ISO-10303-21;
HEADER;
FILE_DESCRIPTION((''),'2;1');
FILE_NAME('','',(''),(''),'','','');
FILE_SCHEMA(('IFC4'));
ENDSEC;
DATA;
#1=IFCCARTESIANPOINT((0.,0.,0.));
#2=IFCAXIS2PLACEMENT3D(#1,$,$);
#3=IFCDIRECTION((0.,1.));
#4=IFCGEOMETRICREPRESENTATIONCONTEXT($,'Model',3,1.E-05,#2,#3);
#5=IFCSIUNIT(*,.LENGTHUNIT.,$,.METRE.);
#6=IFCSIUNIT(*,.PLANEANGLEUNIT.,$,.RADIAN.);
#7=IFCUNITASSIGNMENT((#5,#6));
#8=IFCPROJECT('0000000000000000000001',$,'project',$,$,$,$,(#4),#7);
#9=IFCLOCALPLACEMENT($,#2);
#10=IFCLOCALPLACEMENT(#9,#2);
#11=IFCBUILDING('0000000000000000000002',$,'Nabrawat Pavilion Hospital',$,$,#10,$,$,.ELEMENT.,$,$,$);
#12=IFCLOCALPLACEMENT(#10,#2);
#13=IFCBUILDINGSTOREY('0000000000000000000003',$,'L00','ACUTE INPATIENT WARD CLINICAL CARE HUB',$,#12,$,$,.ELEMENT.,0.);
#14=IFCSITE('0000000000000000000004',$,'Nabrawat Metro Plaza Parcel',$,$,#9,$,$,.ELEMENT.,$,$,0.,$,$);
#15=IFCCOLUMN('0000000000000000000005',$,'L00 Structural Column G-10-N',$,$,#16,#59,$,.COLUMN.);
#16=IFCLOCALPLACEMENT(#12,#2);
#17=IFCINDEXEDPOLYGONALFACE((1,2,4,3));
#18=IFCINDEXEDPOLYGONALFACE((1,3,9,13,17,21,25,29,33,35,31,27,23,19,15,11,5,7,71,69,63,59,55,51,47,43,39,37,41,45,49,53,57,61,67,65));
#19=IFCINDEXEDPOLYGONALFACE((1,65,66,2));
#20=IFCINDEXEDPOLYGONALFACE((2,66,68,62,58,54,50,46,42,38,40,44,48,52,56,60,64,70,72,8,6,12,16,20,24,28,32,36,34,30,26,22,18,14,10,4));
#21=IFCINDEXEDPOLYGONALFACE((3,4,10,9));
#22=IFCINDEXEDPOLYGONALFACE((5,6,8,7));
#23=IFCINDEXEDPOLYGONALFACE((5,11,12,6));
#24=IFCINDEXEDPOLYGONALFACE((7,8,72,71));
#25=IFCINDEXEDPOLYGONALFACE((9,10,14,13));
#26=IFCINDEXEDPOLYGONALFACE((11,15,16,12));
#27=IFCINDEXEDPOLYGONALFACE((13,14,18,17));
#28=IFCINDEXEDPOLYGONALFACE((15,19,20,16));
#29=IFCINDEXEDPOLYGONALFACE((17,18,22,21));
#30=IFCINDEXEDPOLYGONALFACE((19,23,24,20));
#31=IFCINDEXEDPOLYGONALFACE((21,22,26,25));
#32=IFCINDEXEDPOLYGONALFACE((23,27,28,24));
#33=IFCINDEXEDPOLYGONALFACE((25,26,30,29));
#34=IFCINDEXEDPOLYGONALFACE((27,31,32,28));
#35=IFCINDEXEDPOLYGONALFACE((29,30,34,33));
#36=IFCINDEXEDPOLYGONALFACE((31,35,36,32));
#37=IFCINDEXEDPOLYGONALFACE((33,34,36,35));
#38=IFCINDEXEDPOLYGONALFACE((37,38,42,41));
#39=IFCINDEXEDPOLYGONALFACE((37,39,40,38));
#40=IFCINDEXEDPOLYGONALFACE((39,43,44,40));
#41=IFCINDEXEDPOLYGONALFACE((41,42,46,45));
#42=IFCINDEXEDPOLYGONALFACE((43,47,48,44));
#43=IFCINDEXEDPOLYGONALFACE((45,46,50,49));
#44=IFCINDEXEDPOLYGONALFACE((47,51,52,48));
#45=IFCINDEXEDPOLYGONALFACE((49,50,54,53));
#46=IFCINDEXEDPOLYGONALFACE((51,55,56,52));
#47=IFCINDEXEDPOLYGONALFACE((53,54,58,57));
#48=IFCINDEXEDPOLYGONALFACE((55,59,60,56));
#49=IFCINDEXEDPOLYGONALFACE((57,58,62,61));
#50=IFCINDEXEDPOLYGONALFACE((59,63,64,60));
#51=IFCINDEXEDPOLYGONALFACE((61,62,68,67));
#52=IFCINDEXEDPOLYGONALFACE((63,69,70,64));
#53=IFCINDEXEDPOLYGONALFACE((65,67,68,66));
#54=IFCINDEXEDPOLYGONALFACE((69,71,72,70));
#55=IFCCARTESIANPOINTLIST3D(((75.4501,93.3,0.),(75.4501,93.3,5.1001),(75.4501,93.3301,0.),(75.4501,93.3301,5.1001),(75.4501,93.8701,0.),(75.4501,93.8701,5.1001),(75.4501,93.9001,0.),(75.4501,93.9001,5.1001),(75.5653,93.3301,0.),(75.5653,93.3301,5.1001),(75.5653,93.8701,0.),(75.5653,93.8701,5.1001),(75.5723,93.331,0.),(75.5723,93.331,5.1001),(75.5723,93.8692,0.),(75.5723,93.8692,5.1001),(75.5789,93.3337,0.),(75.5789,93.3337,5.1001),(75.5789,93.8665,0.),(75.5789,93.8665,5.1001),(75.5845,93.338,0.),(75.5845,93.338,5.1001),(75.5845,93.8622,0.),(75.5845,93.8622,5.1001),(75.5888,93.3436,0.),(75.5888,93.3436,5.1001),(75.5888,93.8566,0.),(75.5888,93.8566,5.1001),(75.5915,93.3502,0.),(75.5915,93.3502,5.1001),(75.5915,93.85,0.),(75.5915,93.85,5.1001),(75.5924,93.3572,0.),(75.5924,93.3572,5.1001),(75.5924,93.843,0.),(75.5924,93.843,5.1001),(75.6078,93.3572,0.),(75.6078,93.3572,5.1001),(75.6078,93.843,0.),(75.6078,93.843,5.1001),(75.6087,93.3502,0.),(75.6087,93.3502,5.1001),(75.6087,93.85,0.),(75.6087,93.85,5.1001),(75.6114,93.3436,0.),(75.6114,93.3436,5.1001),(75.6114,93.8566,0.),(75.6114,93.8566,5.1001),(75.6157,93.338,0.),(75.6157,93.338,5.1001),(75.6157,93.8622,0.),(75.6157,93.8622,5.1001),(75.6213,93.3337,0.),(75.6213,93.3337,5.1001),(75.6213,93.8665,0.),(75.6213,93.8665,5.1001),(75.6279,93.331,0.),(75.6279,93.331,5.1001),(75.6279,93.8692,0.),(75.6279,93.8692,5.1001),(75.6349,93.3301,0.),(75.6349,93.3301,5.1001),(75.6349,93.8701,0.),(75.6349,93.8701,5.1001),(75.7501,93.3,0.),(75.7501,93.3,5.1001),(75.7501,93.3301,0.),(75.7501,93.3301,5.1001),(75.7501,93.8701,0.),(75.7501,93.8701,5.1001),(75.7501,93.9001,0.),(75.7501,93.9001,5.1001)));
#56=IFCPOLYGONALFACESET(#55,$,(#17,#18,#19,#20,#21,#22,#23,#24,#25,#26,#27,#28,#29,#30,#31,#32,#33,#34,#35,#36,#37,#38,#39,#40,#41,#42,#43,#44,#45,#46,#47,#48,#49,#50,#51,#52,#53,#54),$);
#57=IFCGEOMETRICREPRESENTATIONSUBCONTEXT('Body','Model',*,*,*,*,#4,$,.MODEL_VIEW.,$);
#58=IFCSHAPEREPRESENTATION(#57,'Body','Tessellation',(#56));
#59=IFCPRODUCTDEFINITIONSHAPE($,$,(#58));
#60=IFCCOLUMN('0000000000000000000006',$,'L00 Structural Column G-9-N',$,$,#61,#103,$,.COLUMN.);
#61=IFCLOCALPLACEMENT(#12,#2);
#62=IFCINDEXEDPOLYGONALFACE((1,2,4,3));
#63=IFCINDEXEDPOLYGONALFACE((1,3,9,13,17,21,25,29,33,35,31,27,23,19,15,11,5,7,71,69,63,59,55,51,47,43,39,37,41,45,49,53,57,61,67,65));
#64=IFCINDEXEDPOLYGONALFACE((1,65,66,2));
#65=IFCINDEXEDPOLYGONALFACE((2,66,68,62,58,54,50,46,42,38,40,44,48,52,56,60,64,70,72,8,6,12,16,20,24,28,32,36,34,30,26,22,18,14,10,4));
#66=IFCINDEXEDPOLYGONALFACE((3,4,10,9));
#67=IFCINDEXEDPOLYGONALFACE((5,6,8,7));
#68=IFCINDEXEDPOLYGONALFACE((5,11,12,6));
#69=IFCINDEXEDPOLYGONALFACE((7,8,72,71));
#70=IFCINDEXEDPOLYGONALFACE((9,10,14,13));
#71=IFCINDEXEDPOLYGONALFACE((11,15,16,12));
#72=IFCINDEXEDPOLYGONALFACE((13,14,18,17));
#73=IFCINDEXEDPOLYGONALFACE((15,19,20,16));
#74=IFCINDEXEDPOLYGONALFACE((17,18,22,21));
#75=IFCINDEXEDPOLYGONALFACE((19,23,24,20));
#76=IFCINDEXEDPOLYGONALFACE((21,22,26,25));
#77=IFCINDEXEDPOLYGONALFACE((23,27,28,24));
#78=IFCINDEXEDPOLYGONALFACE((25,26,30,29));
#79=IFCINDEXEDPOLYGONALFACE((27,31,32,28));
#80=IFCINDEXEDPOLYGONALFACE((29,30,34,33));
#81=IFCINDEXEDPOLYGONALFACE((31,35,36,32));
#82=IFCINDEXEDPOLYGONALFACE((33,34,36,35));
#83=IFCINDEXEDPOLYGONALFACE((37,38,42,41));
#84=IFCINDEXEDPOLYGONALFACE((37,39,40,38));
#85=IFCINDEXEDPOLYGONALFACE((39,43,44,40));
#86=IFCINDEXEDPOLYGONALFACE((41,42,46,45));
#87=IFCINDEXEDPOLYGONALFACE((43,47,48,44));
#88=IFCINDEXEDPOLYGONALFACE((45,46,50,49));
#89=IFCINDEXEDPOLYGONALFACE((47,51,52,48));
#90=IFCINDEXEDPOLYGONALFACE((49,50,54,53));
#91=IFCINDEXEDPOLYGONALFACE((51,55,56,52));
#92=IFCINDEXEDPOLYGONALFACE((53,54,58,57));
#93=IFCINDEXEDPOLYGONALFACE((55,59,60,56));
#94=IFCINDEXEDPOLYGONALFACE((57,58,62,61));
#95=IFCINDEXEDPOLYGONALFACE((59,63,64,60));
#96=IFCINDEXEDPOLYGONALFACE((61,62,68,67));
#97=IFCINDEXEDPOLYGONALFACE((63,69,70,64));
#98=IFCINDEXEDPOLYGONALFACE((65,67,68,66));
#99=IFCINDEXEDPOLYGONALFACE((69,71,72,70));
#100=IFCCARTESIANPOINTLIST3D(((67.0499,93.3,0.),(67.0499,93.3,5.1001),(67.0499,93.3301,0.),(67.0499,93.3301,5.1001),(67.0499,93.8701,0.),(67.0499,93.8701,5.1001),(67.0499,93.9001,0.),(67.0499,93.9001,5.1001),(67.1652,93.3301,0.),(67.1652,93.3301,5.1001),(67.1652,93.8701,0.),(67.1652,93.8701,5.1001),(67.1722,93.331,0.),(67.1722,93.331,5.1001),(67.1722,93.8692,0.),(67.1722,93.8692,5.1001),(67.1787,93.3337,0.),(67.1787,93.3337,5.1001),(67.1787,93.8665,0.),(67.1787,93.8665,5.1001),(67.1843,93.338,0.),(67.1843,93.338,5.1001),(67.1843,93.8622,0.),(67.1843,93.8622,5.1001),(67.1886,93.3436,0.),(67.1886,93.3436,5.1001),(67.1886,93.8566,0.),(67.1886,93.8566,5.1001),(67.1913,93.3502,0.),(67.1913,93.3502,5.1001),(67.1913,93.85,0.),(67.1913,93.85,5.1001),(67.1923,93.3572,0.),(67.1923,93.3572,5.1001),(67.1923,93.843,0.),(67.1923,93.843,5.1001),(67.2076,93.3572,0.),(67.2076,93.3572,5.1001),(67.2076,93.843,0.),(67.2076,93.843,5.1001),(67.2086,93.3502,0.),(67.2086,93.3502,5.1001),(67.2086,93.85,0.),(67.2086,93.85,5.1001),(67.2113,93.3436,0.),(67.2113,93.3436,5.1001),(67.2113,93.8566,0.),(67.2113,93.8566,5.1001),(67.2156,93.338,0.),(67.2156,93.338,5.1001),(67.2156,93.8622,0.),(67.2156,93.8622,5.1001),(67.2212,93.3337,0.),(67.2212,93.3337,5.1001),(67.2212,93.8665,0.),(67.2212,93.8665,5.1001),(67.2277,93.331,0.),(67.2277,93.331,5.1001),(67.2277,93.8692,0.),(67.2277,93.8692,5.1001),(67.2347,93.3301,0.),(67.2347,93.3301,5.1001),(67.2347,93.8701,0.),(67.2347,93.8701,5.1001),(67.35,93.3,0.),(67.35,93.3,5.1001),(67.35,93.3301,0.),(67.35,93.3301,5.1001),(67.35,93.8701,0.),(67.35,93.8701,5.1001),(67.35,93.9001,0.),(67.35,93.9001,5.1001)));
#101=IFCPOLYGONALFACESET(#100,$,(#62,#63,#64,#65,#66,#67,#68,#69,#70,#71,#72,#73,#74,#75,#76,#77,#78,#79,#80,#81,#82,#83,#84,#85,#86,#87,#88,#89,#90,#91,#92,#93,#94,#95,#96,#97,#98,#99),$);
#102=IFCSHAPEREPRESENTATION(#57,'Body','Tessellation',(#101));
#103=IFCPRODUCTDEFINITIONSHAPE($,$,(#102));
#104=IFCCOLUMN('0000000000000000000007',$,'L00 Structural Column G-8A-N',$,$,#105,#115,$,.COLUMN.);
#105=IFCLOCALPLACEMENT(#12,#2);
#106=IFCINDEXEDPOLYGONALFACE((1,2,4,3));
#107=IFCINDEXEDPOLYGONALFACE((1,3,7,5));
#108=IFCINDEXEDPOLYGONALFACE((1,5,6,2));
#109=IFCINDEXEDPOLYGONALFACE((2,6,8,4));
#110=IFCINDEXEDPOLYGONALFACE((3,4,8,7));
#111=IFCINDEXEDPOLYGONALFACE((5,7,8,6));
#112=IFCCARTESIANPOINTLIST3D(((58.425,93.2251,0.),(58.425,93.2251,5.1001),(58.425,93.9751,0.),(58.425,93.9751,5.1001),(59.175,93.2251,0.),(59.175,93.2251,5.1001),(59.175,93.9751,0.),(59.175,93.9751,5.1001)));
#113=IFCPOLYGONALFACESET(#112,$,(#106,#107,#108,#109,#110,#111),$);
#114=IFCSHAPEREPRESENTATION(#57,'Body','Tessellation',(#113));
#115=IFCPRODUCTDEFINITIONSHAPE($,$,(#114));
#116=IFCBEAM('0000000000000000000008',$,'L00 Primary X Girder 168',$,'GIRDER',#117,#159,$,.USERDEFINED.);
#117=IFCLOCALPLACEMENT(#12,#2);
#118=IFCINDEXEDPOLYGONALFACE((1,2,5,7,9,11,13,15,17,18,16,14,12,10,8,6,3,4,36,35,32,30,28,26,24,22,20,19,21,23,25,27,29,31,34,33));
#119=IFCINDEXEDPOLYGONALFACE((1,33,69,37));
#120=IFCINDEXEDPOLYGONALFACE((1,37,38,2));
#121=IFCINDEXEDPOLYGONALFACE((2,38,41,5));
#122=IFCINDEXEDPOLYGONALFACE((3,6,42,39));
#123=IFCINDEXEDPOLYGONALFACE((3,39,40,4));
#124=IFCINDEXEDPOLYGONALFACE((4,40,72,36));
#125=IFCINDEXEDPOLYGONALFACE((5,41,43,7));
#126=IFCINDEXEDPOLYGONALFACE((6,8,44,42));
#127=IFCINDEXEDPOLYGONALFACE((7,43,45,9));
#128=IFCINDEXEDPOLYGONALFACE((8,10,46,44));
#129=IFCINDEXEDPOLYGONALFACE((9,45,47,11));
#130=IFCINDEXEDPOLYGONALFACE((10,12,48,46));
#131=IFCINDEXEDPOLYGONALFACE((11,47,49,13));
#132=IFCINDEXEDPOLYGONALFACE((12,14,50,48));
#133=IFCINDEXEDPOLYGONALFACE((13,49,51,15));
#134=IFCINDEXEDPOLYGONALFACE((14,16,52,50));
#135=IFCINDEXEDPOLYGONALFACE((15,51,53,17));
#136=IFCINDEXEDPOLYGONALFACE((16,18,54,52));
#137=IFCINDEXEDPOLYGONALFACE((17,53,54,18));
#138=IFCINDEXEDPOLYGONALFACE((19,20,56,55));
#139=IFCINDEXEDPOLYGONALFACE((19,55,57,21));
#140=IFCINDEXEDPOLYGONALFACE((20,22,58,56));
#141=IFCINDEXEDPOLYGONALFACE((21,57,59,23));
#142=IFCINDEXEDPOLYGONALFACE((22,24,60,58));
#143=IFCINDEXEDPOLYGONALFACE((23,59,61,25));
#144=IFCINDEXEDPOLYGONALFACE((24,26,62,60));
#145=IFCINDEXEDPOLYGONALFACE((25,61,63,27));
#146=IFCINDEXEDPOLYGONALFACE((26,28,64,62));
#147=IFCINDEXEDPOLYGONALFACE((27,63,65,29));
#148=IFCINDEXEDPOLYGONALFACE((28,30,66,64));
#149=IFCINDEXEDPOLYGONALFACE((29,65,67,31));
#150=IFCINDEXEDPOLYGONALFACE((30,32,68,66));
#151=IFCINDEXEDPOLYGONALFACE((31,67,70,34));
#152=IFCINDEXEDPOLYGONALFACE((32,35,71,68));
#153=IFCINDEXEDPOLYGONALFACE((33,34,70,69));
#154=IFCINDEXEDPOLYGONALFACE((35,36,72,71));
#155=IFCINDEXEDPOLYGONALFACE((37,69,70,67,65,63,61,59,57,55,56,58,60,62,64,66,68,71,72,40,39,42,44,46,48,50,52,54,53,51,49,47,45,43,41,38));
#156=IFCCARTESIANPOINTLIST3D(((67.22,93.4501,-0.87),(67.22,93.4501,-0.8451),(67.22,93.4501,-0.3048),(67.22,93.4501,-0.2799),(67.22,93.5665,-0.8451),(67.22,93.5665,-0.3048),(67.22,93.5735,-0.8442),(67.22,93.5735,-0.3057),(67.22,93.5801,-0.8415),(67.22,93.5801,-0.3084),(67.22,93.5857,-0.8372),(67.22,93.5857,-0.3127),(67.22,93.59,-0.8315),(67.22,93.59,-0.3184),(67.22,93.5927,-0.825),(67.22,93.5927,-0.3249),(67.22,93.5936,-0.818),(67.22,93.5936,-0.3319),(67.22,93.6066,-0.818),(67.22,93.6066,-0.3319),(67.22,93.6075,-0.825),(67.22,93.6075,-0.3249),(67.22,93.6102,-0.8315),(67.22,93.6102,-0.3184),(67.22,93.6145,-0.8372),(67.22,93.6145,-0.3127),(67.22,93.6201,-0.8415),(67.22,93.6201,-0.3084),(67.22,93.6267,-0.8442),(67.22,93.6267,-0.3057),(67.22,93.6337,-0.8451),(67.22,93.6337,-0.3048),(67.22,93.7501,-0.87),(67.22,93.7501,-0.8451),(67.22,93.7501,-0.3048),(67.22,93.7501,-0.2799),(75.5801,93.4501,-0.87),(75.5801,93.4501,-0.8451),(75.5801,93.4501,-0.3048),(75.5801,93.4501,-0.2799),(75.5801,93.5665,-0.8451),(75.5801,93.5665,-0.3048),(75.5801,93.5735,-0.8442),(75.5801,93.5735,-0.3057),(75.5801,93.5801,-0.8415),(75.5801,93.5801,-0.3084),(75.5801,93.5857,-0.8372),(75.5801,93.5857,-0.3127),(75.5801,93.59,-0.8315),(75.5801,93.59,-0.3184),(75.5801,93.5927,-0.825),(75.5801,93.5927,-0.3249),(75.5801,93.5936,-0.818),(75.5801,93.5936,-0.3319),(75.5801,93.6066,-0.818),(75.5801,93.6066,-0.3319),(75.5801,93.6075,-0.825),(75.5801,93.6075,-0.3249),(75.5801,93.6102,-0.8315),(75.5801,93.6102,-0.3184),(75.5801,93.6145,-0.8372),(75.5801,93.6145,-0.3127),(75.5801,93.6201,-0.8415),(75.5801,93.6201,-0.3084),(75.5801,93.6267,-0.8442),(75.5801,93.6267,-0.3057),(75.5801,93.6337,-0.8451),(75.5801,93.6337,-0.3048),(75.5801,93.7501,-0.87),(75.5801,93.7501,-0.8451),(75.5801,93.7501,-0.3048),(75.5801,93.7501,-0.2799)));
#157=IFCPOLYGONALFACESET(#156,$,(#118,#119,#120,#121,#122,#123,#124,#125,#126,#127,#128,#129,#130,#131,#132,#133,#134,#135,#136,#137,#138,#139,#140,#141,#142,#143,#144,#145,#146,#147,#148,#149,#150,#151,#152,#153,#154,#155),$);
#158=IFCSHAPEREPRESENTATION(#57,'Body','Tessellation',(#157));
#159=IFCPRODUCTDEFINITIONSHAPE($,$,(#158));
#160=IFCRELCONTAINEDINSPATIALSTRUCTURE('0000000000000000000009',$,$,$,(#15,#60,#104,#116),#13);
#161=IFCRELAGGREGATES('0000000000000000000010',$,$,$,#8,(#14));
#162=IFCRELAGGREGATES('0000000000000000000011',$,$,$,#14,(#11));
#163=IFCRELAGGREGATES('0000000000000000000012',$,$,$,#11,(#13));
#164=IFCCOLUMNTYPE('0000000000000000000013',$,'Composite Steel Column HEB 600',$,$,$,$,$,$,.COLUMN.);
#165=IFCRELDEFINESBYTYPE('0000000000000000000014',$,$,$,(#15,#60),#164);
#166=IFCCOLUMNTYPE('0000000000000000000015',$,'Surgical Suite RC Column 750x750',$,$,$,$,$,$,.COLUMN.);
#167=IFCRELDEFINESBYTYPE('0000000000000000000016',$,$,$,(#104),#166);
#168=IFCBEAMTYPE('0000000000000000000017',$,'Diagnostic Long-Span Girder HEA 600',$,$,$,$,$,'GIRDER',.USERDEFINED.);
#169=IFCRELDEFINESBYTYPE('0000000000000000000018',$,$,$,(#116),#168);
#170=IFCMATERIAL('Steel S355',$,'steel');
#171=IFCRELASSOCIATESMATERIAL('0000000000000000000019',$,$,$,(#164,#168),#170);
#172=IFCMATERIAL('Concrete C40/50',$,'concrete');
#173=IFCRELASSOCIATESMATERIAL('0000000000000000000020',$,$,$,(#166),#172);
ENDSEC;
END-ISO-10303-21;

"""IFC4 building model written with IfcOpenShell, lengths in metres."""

from ifc_helpers import new_model, si_unit, direction, frame, origin, origin_2d, place, context, subcontext, project, spatial, rectangle, i_section, extrude, material, material_profile, profile_set, type_object, element, save


model = new_model("IFC4")

# Units and contexts
model_context = context("Model", 3, precision=1e-05, world=origin(), true_north=direction((0.0, 1.0)))
body_context = subcontext(model_context, "Body", "Model", "MODEL_VIEW")
ifc_project = project(units=[si_unit("LENGTHUNIT", "METRE"), si_unit("PLANEANGLEUNIT", "RADIAN")], contexts=[model_context])

# Site, building, storey
site_placement = place(None, origin())
site = spatial("IfcSite", under=ifc_project, at=site_placement, Name="Nabrawat Metro Plaza Parcel", CompositionType="ELEMENT", RefElevation=0.0)
building_placement = place(site_placement, origin())
building = spatial("IfcBuilding", under=site, at=building_placement, Name="Nabrawat Pavilion Hospital", CompositionType="ELEMENT")
storey_placement = place(building_placement, origin())
storey = spatial("IfcBuildingStorey", under=building, at=storey_placement, Name="L00", Description="ACUTE INPATIENT WARD CLINICAL CARE HUB", CompositionType="ELEMENT", Elevation=0.0)

# Columns
ifc_material_1 = material(Name="Steel S355", Category="steel")
ifc_material_profile_1 = material_profile(ifc_material_1, i_section(OverallWidth=0.3, OverallDepth=0.6001, WebThickness=0.0154, FlangeThickness=0.03, FilletRadius=0.0271, at=origin_2d()), Name="HEB 600")
ifc_profile_set_1 = profile_set([ifc_material_profile_1], Name="Steel S355")
column_type_1 = type_object("IfcColumnType", Name="Composite Steel Column HEB 600", PredefinedType="COLUMN", material=ifc_profile_set_1)
for number, where, z_axis, x_axis, name in (
    (1, (75.6001, 93.6001, 0.0), (0.0, 0.0, 1.0), (1.0, 0.0, 0.0), "L00 Structural Column G-10-N"),
    (2, (67.2, 93.6001, 0.0), (0.0, 0.0, 1.0), (1.0, 0.0, 0.0), "L00 Structural Column G-9-N"),
):
    element("IfcColumn", number, at=place(storey_placement, frame(where, z_axis=z_axis, x_axis=x_axis)), inside=storey, type_object=column_type_1, Name=name, PredefinedType="COLUMN", context=body_context, shape_type="SweptSolid", body=[
        extrude(i_section(OverallWidth=0.3, OverallDepth=0.6001, WebThickness=0.0154, FlangeThickness=0.03, FilletRadius=0.0271, at=origin_2d()), origin(), (0.0, 0.0, 1.0), 5.1001),
    ])
ifc_material_2 = material(Name="Concrete C40/50", Category="concrete")
ifc_material_profile_2 = material_profile(ifc_material_2, rectangle(XDim=0.75, YDim=0.75, at=origin_2d()), Name="RC 750x750")
ifc_profile_set_2 = profile_set([ifc_material_profile_2], Name="Concrete C40/50")
column_type_2 = type_object("IfcColumnType", Name="Surgical Suite RC Column 750x750", PredefinedType="COLUMN", material=ifc_profile_set_2)
column_placement = place(storey_placement, frame((58.8, 93.6001, 0.0), z_axis=(0.0, 0.0, 1.0), x_axis=(1.0, 0.0, 0.0)))
element("IfcColumn", 3, at=column_placement, inside=storey, type_object=column_type_2, Name="L00 Structural Column G-8A-N", PredefinedType="COLUMN", context=body_context, shape_type="SweptSolid", body=[
    extrude(rectangle(XDim=0.75, YDim=0.75, at=origin_2d()), origin(), (0.0, 0.0, 1.0), 5.1001),
])

# Beam
ifc_material_profile_3 = material_profile(ifc_material_1, i_section(OverallWidth=0.3, OverallDepth=0.5901, WebThickness=0.0129, FlangeThickness=0.0249, FilletRadius=0.0271, at=origin_2d()), Name="HEA 600")
ifc_profile_set_3 = profile_set([ifc_material_profile_3], Name="Steel S355")
beam_type_1 = type_object("IfcBeamType", Name="Diagnostic Long-Span Girder HEA 600", ElementType="GIRDER", PredefinedType="USERDEFINED", material=ifc_profile_set_3)
beam_1_placement = place(storey_placement, frame((67.22, 93.6001, -0.575), z_axis=(1.0, 0.0, 0.0), x_axis=(0.0, 1.0, 0.0)))
element("IfcBeam", 4, at=beam_1_placement, inside=storey, type_object=beam_type_1, Name="L00 Primary X Girder 168", ObjectType="GIRDER", PredefinedType="USERDEFINED", context=body_context, shape_type="SweptSolid", body=[
    extrude(i_section(OverallWidth=0.3, OverallDepth=0.5901, WebThickness=0.0129, FlangeThickness=0.0249, FilletRadius=0.0271, at=origin_2d()), origin(), (0.0, 0.0, 1.0), 8.3601),
])

save(model, "model.ifc")
